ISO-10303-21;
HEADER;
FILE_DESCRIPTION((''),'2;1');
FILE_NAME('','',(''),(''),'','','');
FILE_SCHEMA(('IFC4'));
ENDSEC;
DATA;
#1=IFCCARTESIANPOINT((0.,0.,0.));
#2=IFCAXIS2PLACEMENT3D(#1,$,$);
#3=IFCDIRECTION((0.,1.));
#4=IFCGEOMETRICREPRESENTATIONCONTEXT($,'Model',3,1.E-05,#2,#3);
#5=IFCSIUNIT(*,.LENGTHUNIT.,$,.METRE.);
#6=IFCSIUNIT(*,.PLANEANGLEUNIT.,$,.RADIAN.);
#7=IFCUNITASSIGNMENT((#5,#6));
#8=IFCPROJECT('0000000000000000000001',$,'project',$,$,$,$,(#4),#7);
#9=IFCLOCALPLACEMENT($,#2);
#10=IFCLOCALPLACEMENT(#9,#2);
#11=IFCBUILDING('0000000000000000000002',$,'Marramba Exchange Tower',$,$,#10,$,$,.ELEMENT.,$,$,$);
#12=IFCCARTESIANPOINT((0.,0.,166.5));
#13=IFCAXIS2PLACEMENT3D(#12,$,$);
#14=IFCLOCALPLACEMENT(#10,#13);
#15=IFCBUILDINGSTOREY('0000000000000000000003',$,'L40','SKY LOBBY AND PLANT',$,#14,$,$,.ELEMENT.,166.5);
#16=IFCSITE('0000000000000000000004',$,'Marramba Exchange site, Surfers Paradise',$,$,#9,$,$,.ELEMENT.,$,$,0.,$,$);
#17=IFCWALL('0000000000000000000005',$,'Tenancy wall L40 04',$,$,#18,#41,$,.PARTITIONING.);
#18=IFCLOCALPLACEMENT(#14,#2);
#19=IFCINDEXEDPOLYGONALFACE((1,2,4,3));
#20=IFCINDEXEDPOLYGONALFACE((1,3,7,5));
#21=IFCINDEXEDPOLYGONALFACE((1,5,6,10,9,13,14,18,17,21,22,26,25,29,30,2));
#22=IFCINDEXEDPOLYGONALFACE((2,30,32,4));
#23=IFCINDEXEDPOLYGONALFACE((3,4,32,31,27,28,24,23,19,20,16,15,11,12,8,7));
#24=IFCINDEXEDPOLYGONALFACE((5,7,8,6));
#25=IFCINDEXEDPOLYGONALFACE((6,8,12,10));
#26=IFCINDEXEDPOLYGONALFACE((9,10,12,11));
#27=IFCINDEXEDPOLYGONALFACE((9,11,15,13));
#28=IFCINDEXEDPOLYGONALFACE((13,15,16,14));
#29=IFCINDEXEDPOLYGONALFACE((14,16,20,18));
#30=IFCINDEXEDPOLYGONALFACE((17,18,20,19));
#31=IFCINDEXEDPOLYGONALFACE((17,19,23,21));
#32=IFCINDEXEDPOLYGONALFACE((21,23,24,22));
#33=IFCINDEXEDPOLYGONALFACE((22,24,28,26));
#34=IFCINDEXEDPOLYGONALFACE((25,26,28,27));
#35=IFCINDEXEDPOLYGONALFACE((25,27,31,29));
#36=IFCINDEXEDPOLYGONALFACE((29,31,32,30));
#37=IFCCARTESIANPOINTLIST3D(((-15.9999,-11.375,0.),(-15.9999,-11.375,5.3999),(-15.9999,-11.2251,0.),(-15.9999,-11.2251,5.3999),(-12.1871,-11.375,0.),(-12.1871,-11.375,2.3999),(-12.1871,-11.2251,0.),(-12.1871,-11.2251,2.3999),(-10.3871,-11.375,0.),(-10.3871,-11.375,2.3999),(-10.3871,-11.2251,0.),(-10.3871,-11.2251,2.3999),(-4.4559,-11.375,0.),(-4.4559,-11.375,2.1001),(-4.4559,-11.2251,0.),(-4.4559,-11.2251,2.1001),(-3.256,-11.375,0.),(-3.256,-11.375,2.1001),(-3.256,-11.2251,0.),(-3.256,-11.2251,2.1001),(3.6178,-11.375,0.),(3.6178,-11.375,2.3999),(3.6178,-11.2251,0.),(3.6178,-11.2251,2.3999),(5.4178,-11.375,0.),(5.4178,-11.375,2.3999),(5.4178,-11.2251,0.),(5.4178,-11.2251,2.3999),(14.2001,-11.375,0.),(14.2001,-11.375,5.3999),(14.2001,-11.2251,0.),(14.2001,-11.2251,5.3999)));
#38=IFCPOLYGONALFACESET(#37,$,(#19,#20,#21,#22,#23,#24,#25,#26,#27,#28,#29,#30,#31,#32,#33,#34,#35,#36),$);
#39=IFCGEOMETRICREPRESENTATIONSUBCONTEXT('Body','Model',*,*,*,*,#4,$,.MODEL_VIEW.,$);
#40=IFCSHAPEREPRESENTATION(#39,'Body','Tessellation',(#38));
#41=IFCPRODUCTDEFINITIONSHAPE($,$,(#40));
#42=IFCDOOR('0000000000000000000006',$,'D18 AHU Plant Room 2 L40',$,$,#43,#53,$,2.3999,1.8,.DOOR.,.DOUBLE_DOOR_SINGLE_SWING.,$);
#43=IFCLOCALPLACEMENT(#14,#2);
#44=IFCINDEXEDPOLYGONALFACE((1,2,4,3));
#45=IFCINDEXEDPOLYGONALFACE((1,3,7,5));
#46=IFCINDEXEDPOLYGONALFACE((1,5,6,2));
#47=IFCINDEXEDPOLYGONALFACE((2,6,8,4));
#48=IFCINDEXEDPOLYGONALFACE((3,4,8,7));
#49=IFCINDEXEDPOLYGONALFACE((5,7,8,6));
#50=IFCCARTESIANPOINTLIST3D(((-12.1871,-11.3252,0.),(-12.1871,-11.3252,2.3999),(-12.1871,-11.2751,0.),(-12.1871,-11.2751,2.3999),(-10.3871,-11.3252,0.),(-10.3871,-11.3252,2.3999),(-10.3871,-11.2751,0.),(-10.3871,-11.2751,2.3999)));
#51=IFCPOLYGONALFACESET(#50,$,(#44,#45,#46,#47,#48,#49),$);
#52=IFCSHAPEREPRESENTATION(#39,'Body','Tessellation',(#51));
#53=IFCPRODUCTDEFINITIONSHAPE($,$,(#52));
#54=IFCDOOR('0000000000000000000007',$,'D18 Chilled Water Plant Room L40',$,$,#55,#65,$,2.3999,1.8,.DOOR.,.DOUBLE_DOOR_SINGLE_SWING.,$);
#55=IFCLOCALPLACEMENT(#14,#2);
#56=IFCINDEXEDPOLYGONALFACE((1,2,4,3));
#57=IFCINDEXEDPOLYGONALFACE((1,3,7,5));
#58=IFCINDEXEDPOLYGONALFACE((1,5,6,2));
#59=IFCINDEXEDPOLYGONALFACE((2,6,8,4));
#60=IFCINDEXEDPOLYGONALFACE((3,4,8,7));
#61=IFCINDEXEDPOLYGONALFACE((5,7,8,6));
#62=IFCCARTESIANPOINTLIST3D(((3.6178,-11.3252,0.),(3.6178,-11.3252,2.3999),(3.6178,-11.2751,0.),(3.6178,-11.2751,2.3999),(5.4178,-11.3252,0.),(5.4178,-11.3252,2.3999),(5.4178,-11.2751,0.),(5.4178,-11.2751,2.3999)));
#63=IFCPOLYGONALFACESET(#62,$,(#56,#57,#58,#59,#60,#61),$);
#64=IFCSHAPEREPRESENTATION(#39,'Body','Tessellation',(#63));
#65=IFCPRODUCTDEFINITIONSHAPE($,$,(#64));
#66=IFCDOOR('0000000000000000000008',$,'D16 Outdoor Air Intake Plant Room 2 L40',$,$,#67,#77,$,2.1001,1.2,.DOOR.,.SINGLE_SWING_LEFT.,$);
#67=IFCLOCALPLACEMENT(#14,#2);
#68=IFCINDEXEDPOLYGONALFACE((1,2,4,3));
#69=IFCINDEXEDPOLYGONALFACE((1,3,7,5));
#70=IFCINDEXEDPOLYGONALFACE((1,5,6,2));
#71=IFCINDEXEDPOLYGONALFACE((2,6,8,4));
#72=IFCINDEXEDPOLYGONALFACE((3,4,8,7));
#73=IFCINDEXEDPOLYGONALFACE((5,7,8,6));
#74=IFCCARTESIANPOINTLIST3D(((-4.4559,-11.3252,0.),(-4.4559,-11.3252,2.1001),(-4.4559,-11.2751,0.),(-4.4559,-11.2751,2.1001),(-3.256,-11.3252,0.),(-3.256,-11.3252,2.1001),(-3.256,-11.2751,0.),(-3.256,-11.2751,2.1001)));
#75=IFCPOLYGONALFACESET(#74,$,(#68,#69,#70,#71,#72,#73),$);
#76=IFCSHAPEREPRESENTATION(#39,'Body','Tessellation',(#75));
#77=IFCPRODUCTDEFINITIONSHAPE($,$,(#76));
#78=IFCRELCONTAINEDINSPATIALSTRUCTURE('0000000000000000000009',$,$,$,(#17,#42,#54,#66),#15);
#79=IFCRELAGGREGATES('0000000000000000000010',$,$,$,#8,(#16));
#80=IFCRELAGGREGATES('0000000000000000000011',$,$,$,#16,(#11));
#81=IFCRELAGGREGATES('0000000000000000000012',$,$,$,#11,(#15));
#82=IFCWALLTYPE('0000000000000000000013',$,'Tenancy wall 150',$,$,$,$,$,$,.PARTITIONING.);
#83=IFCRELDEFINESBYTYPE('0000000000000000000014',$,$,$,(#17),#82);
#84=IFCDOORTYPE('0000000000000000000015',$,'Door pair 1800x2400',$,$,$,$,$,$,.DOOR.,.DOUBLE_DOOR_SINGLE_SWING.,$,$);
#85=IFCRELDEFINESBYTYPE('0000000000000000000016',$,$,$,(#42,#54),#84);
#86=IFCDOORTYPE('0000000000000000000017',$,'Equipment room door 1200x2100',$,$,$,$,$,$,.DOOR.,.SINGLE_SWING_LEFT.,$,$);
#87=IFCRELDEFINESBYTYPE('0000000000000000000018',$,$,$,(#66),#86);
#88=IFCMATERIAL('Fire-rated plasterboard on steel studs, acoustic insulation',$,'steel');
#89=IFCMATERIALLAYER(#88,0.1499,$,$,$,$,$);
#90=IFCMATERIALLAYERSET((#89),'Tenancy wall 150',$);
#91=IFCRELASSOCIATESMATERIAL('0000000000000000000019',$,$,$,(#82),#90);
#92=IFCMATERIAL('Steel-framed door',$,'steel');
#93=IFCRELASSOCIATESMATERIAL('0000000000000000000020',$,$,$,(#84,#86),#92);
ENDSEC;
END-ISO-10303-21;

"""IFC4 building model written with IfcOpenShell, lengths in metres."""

from ifc_helpers import new_model, si_unit, direction, frame, frame_2d, origin, place, context, subcontext, project, spatial, rectangle, extrude, material, layer, layer_set, type_object, element, fill, save


model = new_model("IFC4")

# Units and contexts
model_context = context("Model", 3, precision=1e-05, world=origin(), true_north=direction((0.0, 1.0)))
body_context = subcontext(model_context, "Body", "Model", "MODEL_VIEW")
ifc_project = project(units=[si_unit("LENGTHUNIT", "METRE"), si_unit("PLANEANGLEUNIT", "RADIAN")], contexts=[model_context])

# Site, building, storey
site_placement = place(None, origin())
site = spatial("IfcSite", under=ifc_project, at=site_placement, Name="Marramba Exchange site, Surfers Paradise", CompositionType="ELEMENT", RefElevation=0.0)
building_placement = place(site_placement, origin())
building = spatial("IfcBuilding", under=site, at=building_placement, Name="Marramba Exchange Tower", CompositionType="ELEMENT")
storey_placement = place(building_placement, frame((0.0, 0.0, 166.5)))
storey = spatial("IfcBuildingStorey", under=building, at=storey_placement, Name="L40", Description="SKY LOBBY AND PLANT", CompositionType="ELEMENT", Elevation=166.5)

# Wall, openings, doors
ifc_material_1 = material(Name="Steel-framed door", Category="steel")
ifc_material_2 = material(Name="Fire-rated plasterboard on steel studs, acoustic insulation", Category="steel")
ifc_layer_1 = layer(ifc_material_2, 0.1499)
ifc_layer_set_1 = layer_set([ifc_layer_1], Name="Tenancy wall 150")
wall_type_1 = type_object("IfcWallType", Name="Tenancy wall 150", PredefinedType="PARTITIONING", material=ifc_layer_set_1)
wall_1_placement = place(storey_placement, frame((-16.0, -11.3, 0.0), z_axis=(0.0, 0.0, 1.0), x_axis=(1.0, 0.0, 0.0)))
wall_1 = element("IfcWall", 1, at=wall_1_placement, inside=storey, type_object=wall_type_1, Name="Tenancy wall L40 04", PredefinedType="PARTITIONING", context=body_context, shape_type="SweptSolid", body=[
    extrude(rectangle(XDim=30.2, YDim=0.1499, at=frame_2d((15.1001, 0.0))), origin(), (0.0, 0.0, 1.0), 5.3999),
])
opening_1_placement = place(wall_1_placement, frame((3.813, 0.0, 0.0)))
opening_1 = element("IfcOpeningElement", 2, at=opening_1_placement, cuts=wall_1, PredefinedType="OPENING", context=body_context, shape_type="SweptSolid", body=[
    extrude(rectangle(XDim=1.8, YDim=2.3999, at=frame_2d((0.8999, 1.2))), frame((0.0, 0.085, 0.0), z_axis=(0.0, -1.0, 0.0), x_axis=(1.0, 0.0, 0.0)), (0.0, 0.0, 1.0), 0.1699),
])
opening_2_placement = place(wall_1_placement, frame((11.5439, 0.0, 0.0)))
opening_2 = element("IfcOpeningElement", 3, at=opening_2_placement, cuts=wall_1, PredefinedType="OPENING", context=body_context, shape_type="SweptSolid", body=[
    extrude(rectangle(XDim=1.2, YDim=2.1001, at=frame_2d((0.6001, 1.05))), frame((0.0, 0.085, 0.0), z_axis=(0.0, -1.0, 0.0), x_axis=(1.0, 0.0, 0.0)), (0.0, 0.0, 1.0), 0.1699),
])
opening_3_placement = place(wall_1_placement, frame((19.6179, 0.0, 0.0)))
opening_3 = element("IfcOpeningElement", 4, at=opening_3_placement, cuts=wall_1, PredefinedType="OPENING", context=body_context, shape_type="SweptSolid", body=[
    extrude(rectangle(XDim=1.8, YDim=2.3999, at=frame_2d((0.8999, 1.2))), frame((0.0, 0.085, 0.0), z_axis=(0.0, -1.0, 0.0), x_axis=(1.0, 0.0, 0.0)), (0.0, 0.0, 1.0), 0.1699),
])
door_type_1 = type_object("IfcDoorType", Name="Door pair 1800x2400", OperationType="DOUBLE_DOOR_SINGLE_SWING", PredefinedType="DOOR", material=ifc_material_1)
door_1_placement = place(opening_1_placement, origin())
door_1 = element("IfcDoor", 5, at=door_1_placement, inside=storey, type_object=door_type_1, Name="D18 AHU Plant Room 2 L40", OperationType="DOUBLE_DOOR_SINGLE_SWING", OverallHeight=2.3999, OverallWidth=1.8, PredefinedType="DOOR", context=body_context, shape_type="SweptSolid", body=[
    extrude(rectangle(XDim=1.8, YDim=2.3999, at=frame_2d((0.8999, 1.2))), frame((0.0, 0.0249, 0.0), z_axis=(0.0, -1.0, 0.0), x_axis=(1.0, 0.0, 0.0)), (0.0, 0.0, 1.0), 0.05),
])
fill(opening_1, door_1)
door_2_placement = place(opening_3_placement, origin())
door_2 = element("IfcDoor", 6, at=door_2_placement, inside=storey, type_object=door_type_1, Name="D18 Chilled Water Plant Room L40", OperationType="DOUBLE_DOOR_SINGLE_SWING", OverallHeight=2.3999, OverallWidth=1.8, PredefinedType="DOOR", context=body_context, shape_type="SweptSolid", body=[
    extrude(rectangle(XDim=1.8, YDim=2.3999, at=frame_2d((0.8999, 1.2))), frame((0.0, 0.0249, 0.0), z_axis=(0.0, -1.0, 0.0), x_axis=(1.0, 0.0, 0.0)), (0.0, 0.0, 1.0), 0.05),
])
fill(opening_3, door_2)
door_type_2 = type_object("IfcDoorType", Name="Equipment room door 1200x2100", OperationType="SINGLE_SWING_LEFT", PredefinedType="DOOR", material=ifc_material_1)
door_3_placement = place(opening_2_placement, origin())
door_3 = element("IfcDoor", 7, at=door_3_placement, inside=storey, type_object=door_type_2, Name="D16 Outdoor Air Intake Plant Room 2 L40", OperationType="SINGLE_SWING_LEFT", OverallHeight=2.1001, OverallWidth=1.2, PredefinedType="DOOR", context=body_context, shape_type="SweptSolid", body=[
    extrude(rectangle(XDim=1.2, YDim=2.1001, at=frame_2d((0.6001, 1.05))), frame((0.0, 0.0249, 0.0), z_axis=(0.0, -1.0, 0.0), x_axis=(1.0, 0.0, 0.0)), (0.0, 0.0, 1.0), 0.05),
])
fill(opening_2, door_3)

save(model, "model.ifc")
